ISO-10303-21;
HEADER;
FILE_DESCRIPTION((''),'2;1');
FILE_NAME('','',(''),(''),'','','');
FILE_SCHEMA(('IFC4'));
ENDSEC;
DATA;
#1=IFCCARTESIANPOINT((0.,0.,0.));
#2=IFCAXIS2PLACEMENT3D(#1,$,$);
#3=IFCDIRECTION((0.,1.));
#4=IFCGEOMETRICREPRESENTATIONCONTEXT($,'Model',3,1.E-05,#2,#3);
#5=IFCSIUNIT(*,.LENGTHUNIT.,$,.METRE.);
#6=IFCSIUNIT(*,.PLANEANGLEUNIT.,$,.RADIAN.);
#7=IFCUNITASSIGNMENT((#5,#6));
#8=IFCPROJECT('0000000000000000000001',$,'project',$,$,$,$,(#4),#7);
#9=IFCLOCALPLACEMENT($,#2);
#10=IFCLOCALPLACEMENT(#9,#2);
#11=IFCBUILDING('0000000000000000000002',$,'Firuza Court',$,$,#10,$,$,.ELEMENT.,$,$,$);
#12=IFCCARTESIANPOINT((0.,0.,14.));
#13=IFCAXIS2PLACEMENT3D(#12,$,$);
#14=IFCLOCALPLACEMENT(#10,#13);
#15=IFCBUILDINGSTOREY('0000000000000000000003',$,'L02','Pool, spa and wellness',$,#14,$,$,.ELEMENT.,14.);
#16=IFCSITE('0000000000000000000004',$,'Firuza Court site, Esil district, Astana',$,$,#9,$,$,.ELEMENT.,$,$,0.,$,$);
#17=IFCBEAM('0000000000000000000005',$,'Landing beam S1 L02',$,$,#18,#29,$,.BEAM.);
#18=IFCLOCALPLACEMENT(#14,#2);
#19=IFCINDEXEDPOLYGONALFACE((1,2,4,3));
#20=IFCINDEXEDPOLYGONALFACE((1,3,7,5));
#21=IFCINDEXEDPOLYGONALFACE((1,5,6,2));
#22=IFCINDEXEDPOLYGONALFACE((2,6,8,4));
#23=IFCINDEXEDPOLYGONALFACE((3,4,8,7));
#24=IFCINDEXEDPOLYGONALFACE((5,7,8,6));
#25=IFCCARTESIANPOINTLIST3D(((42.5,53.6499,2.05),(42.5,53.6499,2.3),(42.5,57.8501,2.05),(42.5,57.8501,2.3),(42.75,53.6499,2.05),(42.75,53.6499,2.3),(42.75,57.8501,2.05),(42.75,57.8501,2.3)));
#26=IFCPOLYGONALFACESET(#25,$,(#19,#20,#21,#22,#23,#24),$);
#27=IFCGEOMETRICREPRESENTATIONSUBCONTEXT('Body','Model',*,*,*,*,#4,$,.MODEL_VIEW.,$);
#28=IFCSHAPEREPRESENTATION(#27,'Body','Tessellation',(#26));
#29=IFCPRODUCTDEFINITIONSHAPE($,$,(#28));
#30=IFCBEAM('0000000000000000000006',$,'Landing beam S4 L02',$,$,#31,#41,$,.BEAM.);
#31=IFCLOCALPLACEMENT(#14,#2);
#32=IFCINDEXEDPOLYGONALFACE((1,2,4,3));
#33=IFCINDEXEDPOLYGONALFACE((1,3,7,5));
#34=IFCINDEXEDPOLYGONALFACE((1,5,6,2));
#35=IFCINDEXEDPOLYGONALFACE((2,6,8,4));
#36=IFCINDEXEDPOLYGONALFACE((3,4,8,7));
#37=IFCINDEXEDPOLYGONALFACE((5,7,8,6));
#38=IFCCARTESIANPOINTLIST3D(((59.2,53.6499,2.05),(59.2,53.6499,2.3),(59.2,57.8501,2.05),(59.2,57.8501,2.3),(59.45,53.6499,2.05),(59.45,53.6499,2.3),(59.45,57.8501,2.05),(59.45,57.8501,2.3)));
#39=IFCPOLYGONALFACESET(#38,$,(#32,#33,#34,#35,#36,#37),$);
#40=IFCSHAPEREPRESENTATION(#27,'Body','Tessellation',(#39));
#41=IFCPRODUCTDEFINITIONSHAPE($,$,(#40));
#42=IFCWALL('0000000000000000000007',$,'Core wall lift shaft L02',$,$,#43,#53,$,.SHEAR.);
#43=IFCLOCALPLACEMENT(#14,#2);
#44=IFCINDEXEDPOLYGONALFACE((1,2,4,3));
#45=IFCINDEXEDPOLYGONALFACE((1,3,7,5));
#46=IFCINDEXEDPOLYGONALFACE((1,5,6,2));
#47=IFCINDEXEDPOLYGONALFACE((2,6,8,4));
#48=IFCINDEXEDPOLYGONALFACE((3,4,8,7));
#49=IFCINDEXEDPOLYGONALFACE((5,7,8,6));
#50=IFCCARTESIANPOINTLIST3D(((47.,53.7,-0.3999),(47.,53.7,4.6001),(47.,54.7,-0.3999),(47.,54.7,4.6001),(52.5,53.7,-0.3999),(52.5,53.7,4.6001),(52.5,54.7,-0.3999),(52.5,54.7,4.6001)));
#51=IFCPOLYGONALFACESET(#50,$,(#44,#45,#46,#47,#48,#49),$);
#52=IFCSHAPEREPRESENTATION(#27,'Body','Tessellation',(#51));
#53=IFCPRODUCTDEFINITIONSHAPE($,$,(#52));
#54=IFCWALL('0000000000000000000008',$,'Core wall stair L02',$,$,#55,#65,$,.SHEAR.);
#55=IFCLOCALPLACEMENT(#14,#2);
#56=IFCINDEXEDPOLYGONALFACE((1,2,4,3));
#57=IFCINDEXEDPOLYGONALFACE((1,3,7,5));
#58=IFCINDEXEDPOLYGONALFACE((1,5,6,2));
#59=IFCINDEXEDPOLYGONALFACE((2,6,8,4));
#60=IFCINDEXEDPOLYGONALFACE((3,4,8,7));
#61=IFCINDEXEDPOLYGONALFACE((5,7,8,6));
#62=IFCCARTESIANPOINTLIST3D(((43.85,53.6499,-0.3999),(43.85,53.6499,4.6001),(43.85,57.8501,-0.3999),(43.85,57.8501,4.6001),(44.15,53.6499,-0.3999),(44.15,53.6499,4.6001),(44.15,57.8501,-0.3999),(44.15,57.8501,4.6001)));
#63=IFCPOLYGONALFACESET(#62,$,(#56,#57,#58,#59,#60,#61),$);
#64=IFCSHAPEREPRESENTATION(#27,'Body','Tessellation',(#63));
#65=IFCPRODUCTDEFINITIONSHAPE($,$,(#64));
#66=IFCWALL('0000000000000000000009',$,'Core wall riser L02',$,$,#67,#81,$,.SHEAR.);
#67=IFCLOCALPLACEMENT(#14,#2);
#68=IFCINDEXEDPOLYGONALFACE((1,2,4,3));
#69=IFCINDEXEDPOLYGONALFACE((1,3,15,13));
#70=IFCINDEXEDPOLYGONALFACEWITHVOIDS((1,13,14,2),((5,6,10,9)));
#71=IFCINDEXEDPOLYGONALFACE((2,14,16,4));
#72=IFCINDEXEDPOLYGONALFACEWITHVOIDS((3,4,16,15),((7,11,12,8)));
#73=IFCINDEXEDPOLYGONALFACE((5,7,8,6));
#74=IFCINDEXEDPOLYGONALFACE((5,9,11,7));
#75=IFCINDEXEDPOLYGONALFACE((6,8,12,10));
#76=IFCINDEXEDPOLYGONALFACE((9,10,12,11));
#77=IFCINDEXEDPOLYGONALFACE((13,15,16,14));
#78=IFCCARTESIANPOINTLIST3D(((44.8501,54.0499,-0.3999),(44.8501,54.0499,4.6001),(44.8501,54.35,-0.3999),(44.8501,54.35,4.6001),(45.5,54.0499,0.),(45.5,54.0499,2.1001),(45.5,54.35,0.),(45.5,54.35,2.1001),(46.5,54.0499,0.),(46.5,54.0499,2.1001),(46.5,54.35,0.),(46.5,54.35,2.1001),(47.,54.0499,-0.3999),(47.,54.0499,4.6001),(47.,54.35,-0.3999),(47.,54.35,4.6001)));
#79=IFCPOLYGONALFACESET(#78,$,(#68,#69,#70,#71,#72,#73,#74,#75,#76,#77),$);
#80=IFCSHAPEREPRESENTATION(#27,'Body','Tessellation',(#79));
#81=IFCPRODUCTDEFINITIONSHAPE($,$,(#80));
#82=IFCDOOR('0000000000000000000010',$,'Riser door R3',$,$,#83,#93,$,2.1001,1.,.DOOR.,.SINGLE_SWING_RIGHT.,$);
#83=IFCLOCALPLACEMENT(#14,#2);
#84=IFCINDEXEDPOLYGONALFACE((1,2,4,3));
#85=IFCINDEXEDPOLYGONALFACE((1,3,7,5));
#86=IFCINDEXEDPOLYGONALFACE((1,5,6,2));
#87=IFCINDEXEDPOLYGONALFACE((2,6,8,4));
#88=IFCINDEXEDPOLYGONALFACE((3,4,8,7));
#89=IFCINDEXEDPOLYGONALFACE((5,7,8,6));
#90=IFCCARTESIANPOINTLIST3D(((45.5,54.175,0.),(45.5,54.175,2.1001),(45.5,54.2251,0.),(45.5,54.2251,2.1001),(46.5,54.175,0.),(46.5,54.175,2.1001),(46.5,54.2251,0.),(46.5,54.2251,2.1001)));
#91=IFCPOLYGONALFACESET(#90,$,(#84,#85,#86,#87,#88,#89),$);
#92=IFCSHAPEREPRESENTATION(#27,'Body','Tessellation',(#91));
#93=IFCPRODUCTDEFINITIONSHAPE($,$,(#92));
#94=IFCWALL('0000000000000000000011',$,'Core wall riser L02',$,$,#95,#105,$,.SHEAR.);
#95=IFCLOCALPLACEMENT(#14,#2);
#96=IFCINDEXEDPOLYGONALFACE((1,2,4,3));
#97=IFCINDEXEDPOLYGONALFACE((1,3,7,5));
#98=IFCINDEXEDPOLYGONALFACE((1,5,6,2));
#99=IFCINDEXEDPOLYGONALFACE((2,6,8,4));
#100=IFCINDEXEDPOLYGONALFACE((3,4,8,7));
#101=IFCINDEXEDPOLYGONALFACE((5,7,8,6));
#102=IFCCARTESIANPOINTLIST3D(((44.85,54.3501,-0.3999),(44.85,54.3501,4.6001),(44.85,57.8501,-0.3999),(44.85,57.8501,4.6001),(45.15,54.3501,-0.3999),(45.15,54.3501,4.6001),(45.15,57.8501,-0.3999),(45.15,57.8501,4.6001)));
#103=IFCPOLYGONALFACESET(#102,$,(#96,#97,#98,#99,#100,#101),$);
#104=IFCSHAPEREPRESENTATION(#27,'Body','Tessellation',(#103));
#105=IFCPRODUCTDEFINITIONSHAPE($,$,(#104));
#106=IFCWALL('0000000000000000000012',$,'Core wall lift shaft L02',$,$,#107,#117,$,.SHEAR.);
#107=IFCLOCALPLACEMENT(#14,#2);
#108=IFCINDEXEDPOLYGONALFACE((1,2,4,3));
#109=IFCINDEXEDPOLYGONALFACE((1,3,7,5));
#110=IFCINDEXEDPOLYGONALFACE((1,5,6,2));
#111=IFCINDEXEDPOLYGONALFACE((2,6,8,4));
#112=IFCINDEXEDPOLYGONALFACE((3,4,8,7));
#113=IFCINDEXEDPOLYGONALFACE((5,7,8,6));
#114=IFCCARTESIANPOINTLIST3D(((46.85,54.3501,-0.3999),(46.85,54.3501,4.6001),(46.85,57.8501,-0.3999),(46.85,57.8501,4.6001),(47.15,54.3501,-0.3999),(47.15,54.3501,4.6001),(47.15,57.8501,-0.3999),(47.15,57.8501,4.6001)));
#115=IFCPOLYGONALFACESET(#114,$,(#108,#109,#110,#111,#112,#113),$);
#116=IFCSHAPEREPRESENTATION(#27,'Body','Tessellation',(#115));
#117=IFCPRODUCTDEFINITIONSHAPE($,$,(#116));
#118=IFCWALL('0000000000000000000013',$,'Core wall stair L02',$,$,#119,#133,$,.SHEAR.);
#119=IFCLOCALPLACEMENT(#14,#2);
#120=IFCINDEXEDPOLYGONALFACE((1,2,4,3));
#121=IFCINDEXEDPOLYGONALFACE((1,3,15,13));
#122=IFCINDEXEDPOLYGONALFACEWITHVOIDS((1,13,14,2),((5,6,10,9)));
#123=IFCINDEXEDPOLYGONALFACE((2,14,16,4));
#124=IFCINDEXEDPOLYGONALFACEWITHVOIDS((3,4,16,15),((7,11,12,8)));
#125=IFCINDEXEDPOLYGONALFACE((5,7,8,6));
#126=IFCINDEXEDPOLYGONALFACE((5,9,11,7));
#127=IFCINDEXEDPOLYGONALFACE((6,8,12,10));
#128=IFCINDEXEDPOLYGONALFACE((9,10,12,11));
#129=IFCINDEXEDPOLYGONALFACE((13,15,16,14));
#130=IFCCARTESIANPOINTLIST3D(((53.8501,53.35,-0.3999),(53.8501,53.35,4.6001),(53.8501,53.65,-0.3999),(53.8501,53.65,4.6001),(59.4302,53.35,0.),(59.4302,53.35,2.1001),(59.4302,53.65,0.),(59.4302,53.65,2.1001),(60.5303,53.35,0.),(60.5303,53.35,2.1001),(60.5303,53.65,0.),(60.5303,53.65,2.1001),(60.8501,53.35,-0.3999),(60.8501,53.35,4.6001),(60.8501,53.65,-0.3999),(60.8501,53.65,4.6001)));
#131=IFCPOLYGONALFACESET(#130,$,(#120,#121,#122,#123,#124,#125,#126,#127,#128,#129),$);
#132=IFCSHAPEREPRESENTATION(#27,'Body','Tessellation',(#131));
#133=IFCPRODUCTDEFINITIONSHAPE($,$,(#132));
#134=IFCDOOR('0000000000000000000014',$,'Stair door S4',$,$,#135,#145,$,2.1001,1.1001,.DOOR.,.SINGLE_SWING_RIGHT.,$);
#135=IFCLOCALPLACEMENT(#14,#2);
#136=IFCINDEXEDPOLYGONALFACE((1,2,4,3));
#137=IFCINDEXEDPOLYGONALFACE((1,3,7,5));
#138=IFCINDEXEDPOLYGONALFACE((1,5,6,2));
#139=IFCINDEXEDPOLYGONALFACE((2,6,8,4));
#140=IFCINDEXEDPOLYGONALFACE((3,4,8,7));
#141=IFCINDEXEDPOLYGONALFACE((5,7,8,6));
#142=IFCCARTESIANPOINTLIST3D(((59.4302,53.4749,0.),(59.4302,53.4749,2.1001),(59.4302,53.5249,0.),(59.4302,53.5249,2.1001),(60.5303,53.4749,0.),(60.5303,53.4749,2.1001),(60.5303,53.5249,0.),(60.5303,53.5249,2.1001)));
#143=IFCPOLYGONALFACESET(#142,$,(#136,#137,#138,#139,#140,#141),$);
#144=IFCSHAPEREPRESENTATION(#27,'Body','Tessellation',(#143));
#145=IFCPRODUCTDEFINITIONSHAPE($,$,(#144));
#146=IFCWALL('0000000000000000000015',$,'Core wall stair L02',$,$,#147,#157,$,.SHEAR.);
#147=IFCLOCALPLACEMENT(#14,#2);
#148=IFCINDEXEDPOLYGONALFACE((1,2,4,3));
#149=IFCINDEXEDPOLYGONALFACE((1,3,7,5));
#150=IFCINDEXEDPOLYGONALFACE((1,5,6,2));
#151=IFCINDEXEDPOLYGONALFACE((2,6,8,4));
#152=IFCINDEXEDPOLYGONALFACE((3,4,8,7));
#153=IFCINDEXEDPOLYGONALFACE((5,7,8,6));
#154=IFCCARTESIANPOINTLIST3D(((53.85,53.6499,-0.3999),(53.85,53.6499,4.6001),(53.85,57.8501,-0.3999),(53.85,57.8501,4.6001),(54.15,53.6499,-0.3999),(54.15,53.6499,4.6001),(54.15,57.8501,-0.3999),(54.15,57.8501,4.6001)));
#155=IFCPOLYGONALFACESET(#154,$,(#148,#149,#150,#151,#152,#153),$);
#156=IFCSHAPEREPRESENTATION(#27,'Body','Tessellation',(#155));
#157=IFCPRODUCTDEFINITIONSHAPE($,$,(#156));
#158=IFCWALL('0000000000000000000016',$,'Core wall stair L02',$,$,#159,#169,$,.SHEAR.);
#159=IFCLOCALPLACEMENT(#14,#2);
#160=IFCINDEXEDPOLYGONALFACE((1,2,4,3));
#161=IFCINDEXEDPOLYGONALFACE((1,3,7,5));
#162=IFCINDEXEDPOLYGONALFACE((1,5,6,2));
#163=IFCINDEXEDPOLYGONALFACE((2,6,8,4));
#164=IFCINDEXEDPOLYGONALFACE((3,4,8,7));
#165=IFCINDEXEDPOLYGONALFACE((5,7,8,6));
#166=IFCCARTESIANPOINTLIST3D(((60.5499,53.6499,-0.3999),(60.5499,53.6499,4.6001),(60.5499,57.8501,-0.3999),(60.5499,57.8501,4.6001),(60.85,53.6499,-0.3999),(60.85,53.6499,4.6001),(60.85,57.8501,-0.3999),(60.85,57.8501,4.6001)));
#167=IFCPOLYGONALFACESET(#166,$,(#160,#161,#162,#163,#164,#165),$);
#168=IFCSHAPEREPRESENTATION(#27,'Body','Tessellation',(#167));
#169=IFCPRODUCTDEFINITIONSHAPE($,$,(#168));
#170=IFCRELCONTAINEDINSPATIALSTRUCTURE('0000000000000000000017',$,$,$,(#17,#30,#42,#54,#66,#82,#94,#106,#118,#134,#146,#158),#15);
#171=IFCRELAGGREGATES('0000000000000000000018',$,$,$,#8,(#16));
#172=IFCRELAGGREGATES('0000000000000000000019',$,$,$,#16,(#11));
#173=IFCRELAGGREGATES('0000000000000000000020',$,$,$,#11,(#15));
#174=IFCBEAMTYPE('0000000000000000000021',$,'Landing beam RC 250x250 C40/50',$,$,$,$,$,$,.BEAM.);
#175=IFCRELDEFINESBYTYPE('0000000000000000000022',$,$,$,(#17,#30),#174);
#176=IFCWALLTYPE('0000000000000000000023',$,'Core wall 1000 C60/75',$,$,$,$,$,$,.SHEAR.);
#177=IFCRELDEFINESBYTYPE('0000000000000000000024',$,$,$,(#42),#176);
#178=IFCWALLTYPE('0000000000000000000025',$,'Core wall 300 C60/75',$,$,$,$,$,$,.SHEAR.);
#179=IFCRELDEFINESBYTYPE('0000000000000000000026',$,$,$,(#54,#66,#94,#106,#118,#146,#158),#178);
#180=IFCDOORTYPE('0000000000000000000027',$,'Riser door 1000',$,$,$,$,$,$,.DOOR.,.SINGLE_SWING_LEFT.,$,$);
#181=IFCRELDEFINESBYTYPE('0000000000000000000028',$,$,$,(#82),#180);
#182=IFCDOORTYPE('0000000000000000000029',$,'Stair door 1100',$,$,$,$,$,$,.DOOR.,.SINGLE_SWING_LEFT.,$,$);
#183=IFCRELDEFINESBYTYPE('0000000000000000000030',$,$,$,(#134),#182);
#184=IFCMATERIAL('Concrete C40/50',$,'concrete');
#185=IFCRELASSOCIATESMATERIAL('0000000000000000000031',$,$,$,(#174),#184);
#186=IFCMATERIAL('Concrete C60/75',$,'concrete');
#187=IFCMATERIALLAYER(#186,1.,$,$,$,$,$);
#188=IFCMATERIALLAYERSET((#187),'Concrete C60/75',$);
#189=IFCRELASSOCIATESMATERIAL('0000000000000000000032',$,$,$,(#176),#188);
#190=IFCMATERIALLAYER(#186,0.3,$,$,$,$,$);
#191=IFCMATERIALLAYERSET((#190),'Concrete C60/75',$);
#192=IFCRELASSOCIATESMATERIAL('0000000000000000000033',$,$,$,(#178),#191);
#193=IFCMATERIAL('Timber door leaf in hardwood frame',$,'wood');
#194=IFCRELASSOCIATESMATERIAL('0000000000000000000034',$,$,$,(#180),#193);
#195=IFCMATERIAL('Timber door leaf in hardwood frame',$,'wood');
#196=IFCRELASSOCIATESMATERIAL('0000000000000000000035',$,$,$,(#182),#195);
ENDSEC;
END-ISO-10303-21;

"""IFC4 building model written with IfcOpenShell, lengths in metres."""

from ifc_helpers import new_model, si_unit, direction, frame, frame_2d, origin, origin_2d, place, context, subcontext, project, spatial, rectangle, extrude, material, layer, layer_set, material_profile, profile_set, type_object, element, fill, save


model = new_model("IFC4")

# Units and contexts
model_context = context("Model", 3, precision=1e-05, world=origin(), true_north=direction((0.0, 1.0)))
body_context = subcontext(model_context, "Body", "Model", "MODEL_VIEW")
ifc_project = project(units=[si_unit("LENGTHUNIT", "METRE"), si_unit("PLANEANGLEUNIT", "RADIAN")], contexts=[model_context])

# Site, building, storey
site_placement = place(None, origin())
site = spatial("IfcSite", under=ifc_project, at=site_placement, Name="Firuza Court site, Esil district, Astana", CompositionType="ELEMENT", RefElevation=0.0)
building_placement = place(site_placement, origin())
building = spatial("IfcBuilding", under=site, at=building_placement, Name="Firuza Court", CompositionType="ELEMENT")
storey_placement = place(building_placement, frame((0.0, 0.0, 14.0)))
storey = spatial("IfcBuildingStorey", under=building, at=storey_placement, Name="L02", Description="Pool, spa and wellness", CompositionType="ELEMENT", Elevation=14.0)

# Beams
ifc_material_1 = material(Name="Concrete C40/50", Category="concrete")
ifc_material_profile = material_profile(ifc_material_1, rectangle(XDim=0.25, YDim=0.25, at=origin_2d()), Name="RC 250x250")
ifc_profile_set = profile_set([ifc_material_profile], Name="Concrete C40/50")
beam_type = type_object("IfcBeamType", Name="Landing beam RC 250x250 C40/50", PredefinedType="BEAM", material=ifc_profile_set)
for number, where, z_axis, x_axis, name in (
    (1, (42.625, 53.6499, 2.175), (0.0, 1.0, 0.0), (-1.0, 0.0, 0.0), "Landing beam S1 L02"),
    (2, (59.325, 53.6499, 2.175), (0.0, 1.0, 0.0), (-1.0, 0.0, 0.0), "Landing beam S4 L02"),
):
    element("IfcBeam", number, at=place(storey_placement, frame(where, z_axis=z_axis, x_axis=x_axis)), inside=storey, type_object=beam_type, Name=name, PredefinedType="BEAM", context=body_context, shape_type="SweptSolid", body=[
        extrude(rectangle(XDim=0.25, YDim=0.25, at=origin_2d()), origin(), (0.0, 0.0, 1.0), 4.2002),
    ])

# Walls
ifc_material_2 = material(Name="Concrete C60/75", Category="concrete")
ifc_layer_1 = layer(ifc_material_2, 1.0)
ifc_layer_set_1 = layer_set([ifc_layer_1], Name="Concrete C60/75")
wall_type_1 = type_object("IfcWallType", Name="Core wall 1000 C60/75", PredefinedType="SHEAR", material=ifc_layer_set_1)
wall_1_placement = place(storey_placement, frame((47.0, 54.2, -0.3999), z_axis=(0.0, 0.0, 1.0), x_axis=(1.0, 0.0, 0.0)))
element("IfcWall", 3, at=wall_1_placement, inside=storey, type_object=wall_type_1, Name="Core wall lift shaft L02", PredefinedType="SHEAR", context=body_context, shape_type="SweptSolid", body=[
    extrude(rectangle(XDim=5.5, YDim=1.0, at=frame_2d((2.75, 0.0))), origin(), (0.0, 0.0, 1.0), 5.0),
])
ifc_layer_2 = layer(ifc_material_2, 0.3)
ifc_layer_set_2 = layer_set([ifc_layer_2], Name="Concrete C60/75")
wall_type_2 = type_object("IfcWallType", Name="Core wall 300 C60/75", PredefinedType="SHEAR", material=ifc_layer_set_2)
wall_2_placement = place(storey_placement, frame((44.0, 53.6499, -0.3999), z_axis=(0.0, 0.0, 1.0), x_axis=(0.0, 1.0, 0.0)))
element("IfcWall", 4, at=wall_2_placement, inside=storey, type_object=wall_type_2, Name="Core wall stair L02", PredefinedType="SHEAR", context=body_context, shape_type="SweptSolid", body=[
    extrude(rectangle(XDim=4.2002, YDim=0.3, at=frame_2d((2.1001, 0.0))), origin(), (0.0, 0.0, 1.0), 5.0),
])

# Wall, opening, door
wall_3_placement = place(storey_placement, frame((44.8501, 54.2, -0.3999), z_axis=(0.0, 0.0, 1.0), x_axis=(1.0, 0.0, 0.0)))
wall_3 = element("IfcWall", 5, at=wall_3_placement, inside=storey, type_object=wall_type_2, Name="Core wall riser L02", PredefinedType="SHEAR", context=body_context, shape_type="SweptSolid", body=[
    extrude(rectangle(XDim=2.1499, YDim=0.3, at=frame_2d((1.075, 0.0))), origin(), (0.0, 0.0, 1.0), 5.0),
])
opening_1_placement = place(wall_3_placement, frame((0.6499, 0.0, 0.3999)))
opening_1 = element("IfcOpeningElement", 6, at=opening_1_placement, cuts=wall_3, PredefinedType="OPENING", context=body_context, shape_type="SweptSolid", body=[
    extrude(rectangle(XDim=1.0, YDim=2.1001, at=frame_2d((0.5, 1.05))), frame((0.0, 0.1621, 0.0), z_axis=(0.0, -1.0, 0.0), x_axis=(1.0, 0.0, 0.0)), (0.0, 0.0, 1.0), 0.324),
])
ifc_material_3 = material(Name="Timber door leaf in hardwood frame", Category="wood")
door_type_1 = type_object("IfcDoorType", Name="Riser door 1000", OperationType="SINGLE_SWING_LEFT", PredefinedType="DOOR", material=ifc_material_3)
door_1_placement = place(opening_1_placement, frame((1.0, 0.0, 0.0), z_axis=(0.0, 0.0, 1.0), x_axis=(-1.0, 0.0, 0.0)))
door_1 = element("IfcDoor", 7, at=door_1_placement, inside=storey, type_object=door_type_1, Name="Riser door R3", OperationType="SINGLE_SWING_RIGHT", OverallHeight=2.1001, OverallWidth=1.0, PredefinedType="DOOR", context=body_context, shape_type="SweptSolid", body=[
    extrude(rectangle(XDim=1.0, YDim=2.1001, at=frame_2d((0.5, 1.05))), frame((0.0, 0.0249, 0.0), z_axis=(0.0, -1.0, 0.0), x_axis=(1.0, 0.0, 0.0)), (0.0, 0.0, 1.0), 0.05),
])
fill(opening_1, door_1)

# Walls
for number, where, z_axis, x_axis, name in (
    (8, (45.0, 54.3501, -0.3999), (0.0, 0.0, 1.0), (0.0, 1.0, 0.0), "Core wall riser L02"),
    (9, (47.0, 54.3501, -0.3999), (0.0, 0.0, 1.0), (0.0, 1.0, 0.0), "Core wall lift shaft L02"),
):
    element("IfcWall", number, at=place(storey_placement, frame(where, z_axis=z_axis, x_axis=x_axis)), inside=storey, type_object=wall_type_2, Name=name, PredefinedType="SHEAR", context=body_context, shape_type="SweptSolid", body=[
        extrude(rectangle(XDim=3.5, YDim=0.3, at=frame_2d((1.75, 0.0))), origin(), (0.0, 0.0, 1.0), 5.0),
    ])

# Wall, opening, door
wall_4_placement = place(storey_placement, frame((53.8501, 53.5, -0.3999), z_axis=(0.0, 0.0, 1.0), x_axis=(1.0, 0.0, 0.0)))
wall_4 = element("IfcWall", 10, at=wall_4_placement, inside=storey, type_object=wall_type_2, Name="Core wall stair L02", PredefinedType="SHEAR", context=body_context, shape_type="SweptSolid", body=[
    extrude(rectangle(XDim=7.0, YDim=0.3, at=frame_2d((3.5, 0.0))), origin(), (0.0, 0.0, 1.0), 5.0),
])
opening_2_placement = place(wall_4_placement, frame((5.5801, 0.0, 0.3999)))
opening_2 = element("IfcOpeningElement", 11, at=opening_2_placement, cuts=wall_4, PredefinedType="OPENING", context=body_context, shape_type="SweptSolid", body=[
    extrude(rectangle(XDim=1.1001, YDim=2.1001, at=frame_2d((0.55, 1.05))), frame((0.0, 0.1621, 0.0), z_axis=(0.0, -1.0, 0.0), x_axis=(1.0, 0.0, 0.0)), (0.0, 0.0, 1.0), 0.324),
])
ifc_material_4 = material(Name="Timber door leaf in hardwood frame", Category="wood")
door_type_2 = type_object("IfcDoorType", Name="Stair door 1100", OperationType="SINGLE_SWING_LEFT", PredefinedType="DOOR", material=ifc_material_4)
door_2_placement = place(opening_2_placement, origin())
door_2 = element("IfcDoor", 12, at=door_2_placement, inside=storey, type_object=door_type_2, Name="Stair door S4", OperationType="SINGLE_SWING_RIGHT", OverallHeight=2.1001, OverallWidth=1.1001, PredefinedType="DOOR", context=body_context, shape_type="SweptSolid", body=[
    extrude(rectangle(XDim=1.1001, YDim=2.1001, at=frame_2d((0.55, 1.05))), frame((0.0, 0.0249, 0.0), z_axis=(0.0, -1.0, 0.0), x_axis=(1.0, 0.0, 0.0)), (0.0, 0.0, 1.0), 0.05),
])
fill(opening_2, door_2)

# Walls
for number, where, z_axis, x_axis, name in (
    (13, (54.0, 53.6499, -0.3999), (0.0, 0.0, 1.0), (0.0, 1.0, 0.0), "Core wall stair L02"),
    (14, (60.7, 53.6499, -0.3999), (0.0, 0.0, 1.0), (0.0, 1.0, 0.0), "Core wall stair L02"),
):
    element("IfcWall", number, at=place(storey_placement, frame(where, z_axis=z_axis, x_axis=x_axis)), inside=storey, type_object=wall_type_2, Name=name, PredefinedType="SHEAR", context=body_context, shape_type="SweptSolid", body=[
        extrude(rectangle(XDim=4.2002, YDim=0.3, at=frame_2d((2.1001, 0.0))), origin(), (0.0, 0.0, 1.0), 5.0),
    ])

save(model, "model.ifc")
